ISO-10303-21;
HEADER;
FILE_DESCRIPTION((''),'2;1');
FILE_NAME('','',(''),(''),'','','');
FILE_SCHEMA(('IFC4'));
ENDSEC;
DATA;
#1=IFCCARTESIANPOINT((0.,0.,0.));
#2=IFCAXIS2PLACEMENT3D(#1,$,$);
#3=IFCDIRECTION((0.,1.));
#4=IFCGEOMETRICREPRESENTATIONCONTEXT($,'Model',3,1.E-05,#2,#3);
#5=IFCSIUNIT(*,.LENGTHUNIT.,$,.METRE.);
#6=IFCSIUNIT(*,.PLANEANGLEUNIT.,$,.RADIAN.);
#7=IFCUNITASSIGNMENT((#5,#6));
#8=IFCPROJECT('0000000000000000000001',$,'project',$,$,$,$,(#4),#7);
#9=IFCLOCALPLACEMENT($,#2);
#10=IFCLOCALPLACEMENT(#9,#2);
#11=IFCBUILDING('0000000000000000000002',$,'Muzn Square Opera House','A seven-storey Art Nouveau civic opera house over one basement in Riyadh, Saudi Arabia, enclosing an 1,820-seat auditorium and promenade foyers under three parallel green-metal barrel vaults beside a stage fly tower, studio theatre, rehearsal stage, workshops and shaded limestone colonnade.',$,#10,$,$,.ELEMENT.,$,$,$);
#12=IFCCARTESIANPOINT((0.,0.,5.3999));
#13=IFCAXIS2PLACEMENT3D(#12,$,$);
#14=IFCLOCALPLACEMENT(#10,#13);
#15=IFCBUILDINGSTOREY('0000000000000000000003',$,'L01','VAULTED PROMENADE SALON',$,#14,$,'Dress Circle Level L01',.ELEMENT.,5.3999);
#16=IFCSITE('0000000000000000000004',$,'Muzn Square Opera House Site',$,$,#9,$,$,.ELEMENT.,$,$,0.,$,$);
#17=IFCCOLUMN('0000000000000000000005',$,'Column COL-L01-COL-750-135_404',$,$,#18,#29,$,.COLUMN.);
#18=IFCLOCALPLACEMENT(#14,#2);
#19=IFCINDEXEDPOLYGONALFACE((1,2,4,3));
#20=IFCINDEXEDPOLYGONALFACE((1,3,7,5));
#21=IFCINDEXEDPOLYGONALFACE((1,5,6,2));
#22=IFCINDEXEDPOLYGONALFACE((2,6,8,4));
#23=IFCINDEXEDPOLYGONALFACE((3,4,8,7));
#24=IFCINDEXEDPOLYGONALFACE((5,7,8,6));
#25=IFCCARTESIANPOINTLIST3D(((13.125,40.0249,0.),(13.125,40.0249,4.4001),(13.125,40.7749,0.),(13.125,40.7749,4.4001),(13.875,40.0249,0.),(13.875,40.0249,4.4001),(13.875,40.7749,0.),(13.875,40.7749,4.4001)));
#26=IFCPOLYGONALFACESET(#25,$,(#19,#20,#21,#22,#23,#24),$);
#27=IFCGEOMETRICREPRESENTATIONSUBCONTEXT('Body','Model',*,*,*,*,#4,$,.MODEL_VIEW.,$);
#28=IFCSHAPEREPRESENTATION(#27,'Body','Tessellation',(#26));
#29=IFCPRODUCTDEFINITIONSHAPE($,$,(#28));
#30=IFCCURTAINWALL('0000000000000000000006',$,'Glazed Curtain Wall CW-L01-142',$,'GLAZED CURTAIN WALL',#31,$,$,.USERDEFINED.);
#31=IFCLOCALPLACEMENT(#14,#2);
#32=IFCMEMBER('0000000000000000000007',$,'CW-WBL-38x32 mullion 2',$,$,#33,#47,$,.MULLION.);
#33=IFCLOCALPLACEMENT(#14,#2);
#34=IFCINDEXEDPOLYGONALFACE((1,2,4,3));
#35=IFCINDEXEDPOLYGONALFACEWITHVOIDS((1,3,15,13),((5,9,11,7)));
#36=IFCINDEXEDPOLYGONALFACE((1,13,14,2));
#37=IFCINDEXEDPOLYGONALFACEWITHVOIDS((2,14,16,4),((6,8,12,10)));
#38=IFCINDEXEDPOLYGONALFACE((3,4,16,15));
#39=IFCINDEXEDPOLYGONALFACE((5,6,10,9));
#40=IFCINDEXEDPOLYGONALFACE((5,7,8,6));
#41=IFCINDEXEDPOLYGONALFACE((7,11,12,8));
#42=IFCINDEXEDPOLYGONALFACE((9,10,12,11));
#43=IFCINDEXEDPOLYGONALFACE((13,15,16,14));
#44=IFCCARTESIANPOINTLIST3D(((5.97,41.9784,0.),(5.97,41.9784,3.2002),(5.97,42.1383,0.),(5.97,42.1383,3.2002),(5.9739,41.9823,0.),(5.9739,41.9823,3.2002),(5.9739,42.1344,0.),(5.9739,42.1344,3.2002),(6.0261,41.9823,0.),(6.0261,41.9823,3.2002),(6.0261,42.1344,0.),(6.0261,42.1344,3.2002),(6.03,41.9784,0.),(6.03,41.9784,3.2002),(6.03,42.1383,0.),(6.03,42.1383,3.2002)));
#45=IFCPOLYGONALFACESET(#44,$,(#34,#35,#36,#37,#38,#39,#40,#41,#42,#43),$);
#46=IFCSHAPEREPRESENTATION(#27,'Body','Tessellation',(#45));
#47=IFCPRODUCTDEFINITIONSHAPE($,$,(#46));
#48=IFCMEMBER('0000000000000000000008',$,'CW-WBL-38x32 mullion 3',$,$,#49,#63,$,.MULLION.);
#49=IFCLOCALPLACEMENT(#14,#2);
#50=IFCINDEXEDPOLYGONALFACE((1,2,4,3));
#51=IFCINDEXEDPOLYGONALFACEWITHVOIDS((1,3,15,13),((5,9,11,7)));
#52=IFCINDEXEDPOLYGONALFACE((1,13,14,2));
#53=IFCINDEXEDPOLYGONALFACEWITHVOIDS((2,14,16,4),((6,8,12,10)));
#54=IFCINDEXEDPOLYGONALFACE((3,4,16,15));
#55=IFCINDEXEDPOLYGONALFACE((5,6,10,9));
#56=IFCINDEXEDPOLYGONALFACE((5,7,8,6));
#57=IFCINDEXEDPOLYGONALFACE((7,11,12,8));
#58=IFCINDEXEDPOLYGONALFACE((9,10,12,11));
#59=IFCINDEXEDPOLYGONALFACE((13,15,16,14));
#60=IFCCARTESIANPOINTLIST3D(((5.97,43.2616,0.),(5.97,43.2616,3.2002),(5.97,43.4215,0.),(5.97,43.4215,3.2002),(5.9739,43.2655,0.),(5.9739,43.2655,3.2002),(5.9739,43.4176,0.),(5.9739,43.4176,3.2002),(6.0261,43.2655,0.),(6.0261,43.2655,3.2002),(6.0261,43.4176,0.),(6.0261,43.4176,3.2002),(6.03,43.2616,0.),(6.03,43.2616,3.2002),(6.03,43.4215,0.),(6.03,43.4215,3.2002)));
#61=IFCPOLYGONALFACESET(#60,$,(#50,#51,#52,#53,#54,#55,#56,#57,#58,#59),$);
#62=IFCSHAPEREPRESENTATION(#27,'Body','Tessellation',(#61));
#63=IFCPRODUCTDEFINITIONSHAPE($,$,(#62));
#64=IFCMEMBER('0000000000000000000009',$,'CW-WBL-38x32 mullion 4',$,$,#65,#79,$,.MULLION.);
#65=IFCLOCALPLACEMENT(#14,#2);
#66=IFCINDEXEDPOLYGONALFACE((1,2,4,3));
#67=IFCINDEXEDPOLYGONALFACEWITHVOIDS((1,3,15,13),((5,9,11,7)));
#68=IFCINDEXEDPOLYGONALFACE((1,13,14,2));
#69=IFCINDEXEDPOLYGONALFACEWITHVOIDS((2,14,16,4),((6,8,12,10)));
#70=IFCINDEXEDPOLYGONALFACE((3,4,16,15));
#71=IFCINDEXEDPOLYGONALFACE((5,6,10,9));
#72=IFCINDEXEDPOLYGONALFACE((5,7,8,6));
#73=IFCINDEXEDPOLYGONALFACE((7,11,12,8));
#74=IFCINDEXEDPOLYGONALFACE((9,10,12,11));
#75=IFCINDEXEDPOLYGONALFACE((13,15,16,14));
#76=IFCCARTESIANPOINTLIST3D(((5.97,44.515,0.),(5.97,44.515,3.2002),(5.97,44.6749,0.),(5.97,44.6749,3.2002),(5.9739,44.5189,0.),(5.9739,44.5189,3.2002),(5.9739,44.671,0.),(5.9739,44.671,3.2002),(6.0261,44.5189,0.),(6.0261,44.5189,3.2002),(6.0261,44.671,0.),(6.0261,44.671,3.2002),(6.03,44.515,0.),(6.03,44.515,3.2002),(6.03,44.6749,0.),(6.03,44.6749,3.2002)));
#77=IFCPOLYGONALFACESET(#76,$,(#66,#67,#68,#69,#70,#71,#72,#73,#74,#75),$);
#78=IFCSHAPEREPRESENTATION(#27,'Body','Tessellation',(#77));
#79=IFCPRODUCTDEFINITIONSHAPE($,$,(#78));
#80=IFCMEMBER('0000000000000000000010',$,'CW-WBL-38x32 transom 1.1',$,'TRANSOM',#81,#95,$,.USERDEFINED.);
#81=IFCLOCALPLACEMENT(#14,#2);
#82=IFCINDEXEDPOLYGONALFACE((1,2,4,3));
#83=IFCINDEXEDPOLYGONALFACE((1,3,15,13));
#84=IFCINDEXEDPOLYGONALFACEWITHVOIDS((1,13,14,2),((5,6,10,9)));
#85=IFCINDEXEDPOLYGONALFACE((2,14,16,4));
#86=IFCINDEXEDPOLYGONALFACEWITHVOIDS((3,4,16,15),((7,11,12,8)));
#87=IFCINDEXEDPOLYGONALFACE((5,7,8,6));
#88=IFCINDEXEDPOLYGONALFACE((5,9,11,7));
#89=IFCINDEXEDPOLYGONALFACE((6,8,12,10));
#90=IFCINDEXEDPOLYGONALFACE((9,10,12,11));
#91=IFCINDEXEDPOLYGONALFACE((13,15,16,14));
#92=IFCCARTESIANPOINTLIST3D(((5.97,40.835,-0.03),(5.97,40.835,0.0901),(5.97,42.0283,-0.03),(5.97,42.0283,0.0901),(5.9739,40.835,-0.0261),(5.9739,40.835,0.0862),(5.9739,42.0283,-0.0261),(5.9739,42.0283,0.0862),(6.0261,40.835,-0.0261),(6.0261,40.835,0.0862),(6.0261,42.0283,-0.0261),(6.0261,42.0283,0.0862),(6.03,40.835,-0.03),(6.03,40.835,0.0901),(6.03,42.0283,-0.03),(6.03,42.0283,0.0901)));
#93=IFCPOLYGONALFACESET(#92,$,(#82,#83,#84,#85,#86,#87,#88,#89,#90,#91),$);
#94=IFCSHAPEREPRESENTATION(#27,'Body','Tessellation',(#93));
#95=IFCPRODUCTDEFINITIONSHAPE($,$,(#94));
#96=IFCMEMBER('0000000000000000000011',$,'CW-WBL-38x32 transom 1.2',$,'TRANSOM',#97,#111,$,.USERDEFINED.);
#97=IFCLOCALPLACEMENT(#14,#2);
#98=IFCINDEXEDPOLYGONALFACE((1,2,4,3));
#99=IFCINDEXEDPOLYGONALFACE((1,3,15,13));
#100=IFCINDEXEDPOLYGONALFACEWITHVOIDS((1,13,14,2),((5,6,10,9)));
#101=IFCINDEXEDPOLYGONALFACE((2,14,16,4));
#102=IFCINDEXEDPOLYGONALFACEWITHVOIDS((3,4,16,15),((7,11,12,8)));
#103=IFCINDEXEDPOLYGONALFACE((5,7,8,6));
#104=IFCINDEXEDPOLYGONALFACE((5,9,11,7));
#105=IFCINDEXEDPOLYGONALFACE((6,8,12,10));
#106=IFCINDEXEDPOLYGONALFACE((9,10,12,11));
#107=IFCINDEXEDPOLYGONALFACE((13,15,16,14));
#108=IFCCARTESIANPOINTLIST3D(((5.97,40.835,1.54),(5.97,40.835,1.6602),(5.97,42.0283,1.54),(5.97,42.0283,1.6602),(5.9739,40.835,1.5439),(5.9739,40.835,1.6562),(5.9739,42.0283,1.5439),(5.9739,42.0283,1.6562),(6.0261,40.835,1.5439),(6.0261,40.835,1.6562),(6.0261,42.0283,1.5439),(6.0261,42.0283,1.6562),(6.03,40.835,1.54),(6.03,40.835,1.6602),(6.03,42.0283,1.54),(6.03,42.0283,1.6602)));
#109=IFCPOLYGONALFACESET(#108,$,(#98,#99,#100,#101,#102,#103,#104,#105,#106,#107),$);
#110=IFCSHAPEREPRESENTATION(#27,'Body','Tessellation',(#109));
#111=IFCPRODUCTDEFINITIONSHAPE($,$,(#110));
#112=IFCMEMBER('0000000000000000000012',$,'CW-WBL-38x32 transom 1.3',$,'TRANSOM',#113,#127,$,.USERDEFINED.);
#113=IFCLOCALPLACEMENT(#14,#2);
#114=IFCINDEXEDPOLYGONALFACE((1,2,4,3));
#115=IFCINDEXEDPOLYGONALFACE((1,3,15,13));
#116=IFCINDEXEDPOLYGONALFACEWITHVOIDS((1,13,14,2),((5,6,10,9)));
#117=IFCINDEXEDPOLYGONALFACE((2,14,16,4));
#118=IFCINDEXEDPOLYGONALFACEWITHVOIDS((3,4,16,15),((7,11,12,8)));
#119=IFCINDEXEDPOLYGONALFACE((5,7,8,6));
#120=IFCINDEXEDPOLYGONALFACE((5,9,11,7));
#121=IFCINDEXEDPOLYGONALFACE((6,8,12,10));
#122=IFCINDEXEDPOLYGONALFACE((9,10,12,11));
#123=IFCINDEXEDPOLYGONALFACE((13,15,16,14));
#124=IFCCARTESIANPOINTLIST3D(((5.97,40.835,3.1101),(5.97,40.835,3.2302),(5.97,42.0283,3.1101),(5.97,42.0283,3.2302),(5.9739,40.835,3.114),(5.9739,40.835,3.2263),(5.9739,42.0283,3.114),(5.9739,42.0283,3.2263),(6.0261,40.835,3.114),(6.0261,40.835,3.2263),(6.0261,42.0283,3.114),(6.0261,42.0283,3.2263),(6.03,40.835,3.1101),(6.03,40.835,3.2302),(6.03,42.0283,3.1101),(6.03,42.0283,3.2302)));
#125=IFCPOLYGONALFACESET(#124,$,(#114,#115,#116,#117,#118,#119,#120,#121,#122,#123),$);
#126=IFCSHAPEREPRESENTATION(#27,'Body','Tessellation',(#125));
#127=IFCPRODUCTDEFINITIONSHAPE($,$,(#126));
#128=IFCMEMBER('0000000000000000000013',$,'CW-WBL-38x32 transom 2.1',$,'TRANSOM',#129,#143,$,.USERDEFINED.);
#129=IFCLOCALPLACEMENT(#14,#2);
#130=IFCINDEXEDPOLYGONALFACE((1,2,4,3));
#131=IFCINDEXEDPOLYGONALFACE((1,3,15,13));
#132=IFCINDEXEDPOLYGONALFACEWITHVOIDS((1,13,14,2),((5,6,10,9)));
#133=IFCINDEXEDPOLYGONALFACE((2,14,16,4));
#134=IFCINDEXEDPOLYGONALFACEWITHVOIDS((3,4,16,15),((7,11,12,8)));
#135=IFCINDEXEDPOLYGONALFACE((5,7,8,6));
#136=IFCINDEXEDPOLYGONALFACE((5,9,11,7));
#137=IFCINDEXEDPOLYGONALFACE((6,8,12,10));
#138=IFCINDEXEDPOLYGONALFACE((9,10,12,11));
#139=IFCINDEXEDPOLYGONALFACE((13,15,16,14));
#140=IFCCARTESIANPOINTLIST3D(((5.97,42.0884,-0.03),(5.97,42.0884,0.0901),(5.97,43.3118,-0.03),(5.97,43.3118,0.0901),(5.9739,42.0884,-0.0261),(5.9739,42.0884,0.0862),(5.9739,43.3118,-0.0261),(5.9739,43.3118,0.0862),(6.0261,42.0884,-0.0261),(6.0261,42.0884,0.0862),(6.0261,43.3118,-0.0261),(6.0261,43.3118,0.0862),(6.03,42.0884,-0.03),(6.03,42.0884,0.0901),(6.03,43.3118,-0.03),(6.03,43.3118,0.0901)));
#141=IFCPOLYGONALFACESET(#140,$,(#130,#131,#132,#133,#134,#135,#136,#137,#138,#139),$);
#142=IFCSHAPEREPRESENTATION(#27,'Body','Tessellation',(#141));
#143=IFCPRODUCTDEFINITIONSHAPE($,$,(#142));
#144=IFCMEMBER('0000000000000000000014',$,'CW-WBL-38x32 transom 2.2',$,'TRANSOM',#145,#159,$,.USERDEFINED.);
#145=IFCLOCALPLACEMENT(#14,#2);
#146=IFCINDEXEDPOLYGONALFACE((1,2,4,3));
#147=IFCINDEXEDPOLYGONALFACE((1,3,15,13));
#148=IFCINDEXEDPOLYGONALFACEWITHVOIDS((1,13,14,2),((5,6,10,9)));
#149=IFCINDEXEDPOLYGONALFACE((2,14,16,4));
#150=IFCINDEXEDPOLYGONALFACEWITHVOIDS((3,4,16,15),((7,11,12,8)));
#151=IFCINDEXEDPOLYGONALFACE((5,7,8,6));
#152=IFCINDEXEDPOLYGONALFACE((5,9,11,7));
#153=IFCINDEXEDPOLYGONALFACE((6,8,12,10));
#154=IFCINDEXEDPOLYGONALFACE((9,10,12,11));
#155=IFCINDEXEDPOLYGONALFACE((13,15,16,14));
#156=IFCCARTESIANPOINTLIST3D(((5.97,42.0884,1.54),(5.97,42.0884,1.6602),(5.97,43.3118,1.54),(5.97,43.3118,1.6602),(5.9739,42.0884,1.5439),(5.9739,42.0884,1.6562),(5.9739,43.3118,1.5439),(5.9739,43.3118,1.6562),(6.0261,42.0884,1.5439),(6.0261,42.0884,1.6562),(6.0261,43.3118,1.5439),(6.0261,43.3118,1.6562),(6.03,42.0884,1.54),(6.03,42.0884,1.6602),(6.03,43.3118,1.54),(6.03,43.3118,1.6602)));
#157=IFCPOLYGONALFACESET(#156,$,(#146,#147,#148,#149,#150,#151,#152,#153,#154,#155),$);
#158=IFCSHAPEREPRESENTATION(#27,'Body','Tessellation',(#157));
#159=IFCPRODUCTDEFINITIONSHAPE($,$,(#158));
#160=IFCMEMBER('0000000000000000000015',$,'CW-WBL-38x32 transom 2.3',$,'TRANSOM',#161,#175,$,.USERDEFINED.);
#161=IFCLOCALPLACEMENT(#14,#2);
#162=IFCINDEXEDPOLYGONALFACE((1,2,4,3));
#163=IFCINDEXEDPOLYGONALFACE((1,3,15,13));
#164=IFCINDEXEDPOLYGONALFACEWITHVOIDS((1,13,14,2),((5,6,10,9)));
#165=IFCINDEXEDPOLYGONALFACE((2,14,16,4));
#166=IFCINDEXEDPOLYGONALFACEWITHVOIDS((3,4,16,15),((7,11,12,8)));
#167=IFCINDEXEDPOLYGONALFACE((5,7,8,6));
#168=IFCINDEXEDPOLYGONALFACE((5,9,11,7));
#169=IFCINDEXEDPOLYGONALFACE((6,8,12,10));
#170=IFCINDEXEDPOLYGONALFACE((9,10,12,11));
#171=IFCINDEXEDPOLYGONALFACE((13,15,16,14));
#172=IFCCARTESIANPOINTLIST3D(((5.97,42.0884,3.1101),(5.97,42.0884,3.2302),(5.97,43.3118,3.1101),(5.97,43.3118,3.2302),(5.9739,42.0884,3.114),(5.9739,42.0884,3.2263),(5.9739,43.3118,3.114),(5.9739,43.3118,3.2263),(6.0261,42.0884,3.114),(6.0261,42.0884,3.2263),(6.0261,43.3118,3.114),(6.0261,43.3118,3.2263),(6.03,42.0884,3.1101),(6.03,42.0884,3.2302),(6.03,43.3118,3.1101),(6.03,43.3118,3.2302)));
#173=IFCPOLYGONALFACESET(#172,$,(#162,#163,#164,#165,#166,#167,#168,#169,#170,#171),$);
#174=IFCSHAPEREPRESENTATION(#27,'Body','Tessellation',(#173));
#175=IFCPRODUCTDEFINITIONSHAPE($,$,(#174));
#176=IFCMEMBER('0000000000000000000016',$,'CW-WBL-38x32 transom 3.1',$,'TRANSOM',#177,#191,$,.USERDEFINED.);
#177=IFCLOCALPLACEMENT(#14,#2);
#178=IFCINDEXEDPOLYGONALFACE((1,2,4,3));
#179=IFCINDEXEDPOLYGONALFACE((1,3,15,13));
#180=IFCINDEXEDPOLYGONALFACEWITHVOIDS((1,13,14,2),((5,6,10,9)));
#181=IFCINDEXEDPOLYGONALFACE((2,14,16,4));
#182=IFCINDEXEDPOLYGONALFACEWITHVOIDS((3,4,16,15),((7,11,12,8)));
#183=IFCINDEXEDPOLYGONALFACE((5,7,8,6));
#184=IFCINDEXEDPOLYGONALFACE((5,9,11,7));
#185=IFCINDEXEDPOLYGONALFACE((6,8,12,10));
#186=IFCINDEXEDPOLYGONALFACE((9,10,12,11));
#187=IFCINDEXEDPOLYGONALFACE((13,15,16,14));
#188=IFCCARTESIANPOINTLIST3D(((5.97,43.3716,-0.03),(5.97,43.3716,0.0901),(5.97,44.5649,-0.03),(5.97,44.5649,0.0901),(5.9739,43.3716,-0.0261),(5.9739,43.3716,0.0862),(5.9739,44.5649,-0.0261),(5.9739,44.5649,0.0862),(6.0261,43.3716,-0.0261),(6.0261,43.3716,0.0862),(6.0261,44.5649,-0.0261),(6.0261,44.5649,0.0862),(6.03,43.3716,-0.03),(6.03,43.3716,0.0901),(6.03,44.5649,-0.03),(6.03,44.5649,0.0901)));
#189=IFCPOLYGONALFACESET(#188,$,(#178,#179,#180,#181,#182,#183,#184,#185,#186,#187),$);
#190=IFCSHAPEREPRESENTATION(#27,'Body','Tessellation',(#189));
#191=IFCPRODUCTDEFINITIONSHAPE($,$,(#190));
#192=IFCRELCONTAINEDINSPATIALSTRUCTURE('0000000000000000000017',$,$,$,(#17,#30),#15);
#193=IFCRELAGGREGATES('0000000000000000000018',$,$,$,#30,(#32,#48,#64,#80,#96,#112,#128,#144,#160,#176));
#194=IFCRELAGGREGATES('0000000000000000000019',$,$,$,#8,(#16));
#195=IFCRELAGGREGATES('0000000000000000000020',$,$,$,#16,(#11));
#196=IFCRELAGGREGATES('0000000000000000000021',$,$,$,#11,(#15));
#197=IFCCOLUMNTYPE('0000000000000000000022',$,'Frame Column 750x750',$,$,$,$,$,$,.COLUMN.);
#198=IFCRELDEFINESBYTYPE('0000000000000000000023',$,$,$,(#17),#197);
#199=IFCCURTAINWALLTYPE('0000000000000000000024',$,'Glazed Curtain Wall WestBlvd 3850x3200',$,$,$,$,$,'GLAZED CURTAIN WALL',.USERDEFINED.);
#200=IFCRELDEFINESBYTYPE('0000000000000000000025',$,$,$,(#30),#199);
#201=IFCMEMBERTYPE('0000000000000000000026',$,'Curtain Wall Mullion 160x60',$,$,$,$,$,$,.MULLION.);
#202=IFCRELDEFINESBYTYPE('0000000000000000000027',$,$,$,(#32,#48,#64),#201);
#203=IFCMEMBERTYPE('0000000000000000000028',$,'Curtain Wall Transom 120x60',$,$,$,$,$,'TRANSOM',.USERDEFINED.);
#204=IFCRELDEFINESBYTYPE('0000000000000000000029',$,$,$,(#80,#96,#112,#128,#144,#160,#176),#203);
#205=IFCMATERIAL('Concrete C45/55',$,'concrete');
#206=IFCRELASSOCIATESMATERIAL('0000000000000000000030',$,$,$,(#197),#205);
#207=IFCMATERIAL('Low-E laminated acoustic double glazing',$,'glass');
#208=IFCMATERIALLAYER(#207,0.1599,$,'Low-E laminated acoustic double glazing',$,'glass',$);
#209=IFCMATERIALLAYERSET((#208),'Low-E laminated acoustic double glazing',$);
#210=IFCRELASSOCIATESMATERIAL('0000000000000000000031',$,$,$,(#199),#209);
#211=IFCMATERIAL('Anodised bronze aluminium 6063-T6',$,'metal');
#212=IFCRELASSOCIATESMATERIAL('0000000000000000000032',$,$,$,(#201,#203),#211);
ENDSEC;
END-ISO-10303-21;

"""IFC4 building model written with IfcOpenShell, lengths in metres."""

from ifc_helpers import new_model, si_unit, direction, frame, origin, origin_2d, place, context, subcontext, project, spatial, rectangle, hollow_rectangle, extrude, material, layer, layer_set, material_profile, profile_set, type_object, element, aggregate, save


model = new_model("IFC4")

# Units and contexts
model_context = context("Model", 3, precision=1e-05, world=origin(), true_north=direction((0.0, 1.0)))
body_context = subcontext(model_context, "Body", "Model", "MODEL_VIEW")
ifc_project = project(units=[si_unit("LENGTHUNIT", "METRE"), si_unit("PLANEANGLEUNIT", "RADIAN")], contexts=[model_context])

# Site, building, storey
site_placement = place(None, origin())
site = spatial("IfcSite", under=ifc_project, at=site_placement, Name="Muzn Square Opera House Site", CompositionType="ELEMENT", RefElevation=0.0)
building_placement = place(site_placement, origin())
building = spatial("IfcBuilding", under=site, at=building_placement, Name="Muzn Square Opera House", Description="A seven-storey Art Nouveau civic opera house over one basement in Riyadh, Saudi Arabia, enclosing an 1,820-seat auditorium and promenade foyers under three parallel green-metal barrel vaults beside a stage fly tower, studio theatre, rehearsal stage, workshops and shaded limestone colonnade.", CompositionType="ELEMENT")
storey_placement = place(building_placement, frame((0.0, 0.0, 5.3999)))
storey = spatial("IfcBuildingStorey", under=building, at=storey_placement, Name="L01", Description="VAULTED PROMENADE SALON", LongName="Dress Circle Level L01", CompositionType="ELEMENT", Elevation=5.3999)

# Column
ifc_material_1 = material(Name="Concrete C45/55", Category="concrete")
ifc_material_profile_1 = material_profile(ifc_material_1, rectangle(XDim=0.75, YDim=0.75, at=origin_2d()), Name="RC 750x750", Category="concrete")
ifc_profile_set_1 = profile_set([ifc_material_profile_1], Name="Concrete C45/55")
column_type = type_object("IfcColumnType", Name="Frame Column 750x750", PredefinedType="COLUMN", material=ifc_profile_set_1)
column_placement = place(storey_placement, frame((13.5, 40.3999, 0.0), z_axis=(0.0, 0.0, 1.0), x_axis=(1.0, 0.0, 0.0)))
element("IfcColumn", 1, at=column_placement, inside=storey, type_object=column_type, Name="Column COL-L01-COL-750-135_404", PredefinedType="COLUMN", context=body_context, shape_type="SweptSolid", body=[
    extrude(rectangle(XDim=0.75, YDim=0.75, at=origin_2d()), origin(), (0.0, 0.0, 1.0), 4.4001),
])

# Curtain wall, members
ifc_material_2 = material(Name="Low-E laminated acoustic double glazing", Category="glass")
ifc_layer_1 = layer(ifc_material_2, 0.1599, Name="Low-E laminated acoustic double glazing", Category="glass")
ifc_layer_set_1 = layer_set([ifc_layer_1], Name="Low-E laminated acoustic double glazing")
curtain_wall_type = type_object("IfcCurtainWallType", Name="Glazed Curtain Wall WestBlvd 3850x3200", ElementType="GLAZED CURTAIN WALL", PredefinedType="USERDEFINED", material=ifc_layer_set_1)
curtain_wall_placement = place(storey_placement, origin())
curtain_wall = element("IfcCurtainWall", 2, at=curtain_wall_placement, inside=storey, type_object=curtain_wall_type, Name="Glazed Curtain Wall CW-L01-142", ObjectType="GLAZED CURTAIN WALL", PredefinedType="USERDEFINED")
ifc_material_3 = material(Name="Anodised bronze aluminium 6063-T6", Category="metal")
ifc_material_profile_2 = material_profile(ifc_material_3, hollow_rectangle(XDim=0.0601, YDim=0.1599, WallThickness=0.0039, at=origin_2d()), Name="ALU 160x60x4", Category="metal")
ifc_profile_set_2 = profile_set([ifc_material_profile_2], Name="Anodised bronze aluminium 6063-T6")
member_type_1 = type_object("IfcMemberType", Name="Curtain Wall Mullion 160x60", PredefinedType="MULLION", material=ifc_profile_set_2)
member_1_placement = place(storey_placement, frame((6.0, 42.0583, 0.0), z_axis=(0.0, 0.0, 1.0), x_axis=(-1.0, 0.0, 0.0)))
member_1 = element("IfcMember", 3, at=member_1_placement, type_object=member_type_1, Name="CW-WBL-38x32 mullion 2", PredefinedType="MULLION", context=body_context, shape_type="SweptSolid", body=[
    extrude(hollow_rectangle(XDim=0.0601, YDim=0.1599, WallThickness=0.0039, at=origin_2d()), origin(), (0.0, 0.0, 1.0), 3.2002),
])
member_2_placement = place(storey_placement, frame((6.0, 43.3416, 0.0), z_axis=(0.0, 0.0, 1.0), x_axis=(-1.0, 0.0, 0.0)))
member_2 = element("IfcMember", 4, at=member_2_placement, type_object=member_type_1, Name="CW-WBL-38x32 mullion 3", PredefinedType="MULLION", context=body_context, shape_type="SweptSolid", body=[
    extrude(hollow_rectangle(XDim=0.0601, YDim=0.1599, WallThickness=0.0039, at=origin_2d()), origin(), (0.0, 0.0, 1.0), 3.2002),
])
member_3_placement = place(storey_placement, frame((6.0, 44.595, 0.0), z_axis=(0.0, 0.0, 1.0), x_axis=(-1.0, 0.0, 0.0)))
member_3 = element("IfcMember", 5, at=member_3_placement, type_object=member_type_1, Name="CW-WBL-38x32 mullion 4", PredefinedType="MULLION", context=body_context, shape_type="SweptSolid", body=[
    extrude(hollow_rectangle(XDim=0.0601, YDim=0.1599, WallThickness=0.0039, at=origin_2d()), origin(), (0.0, 0.0, 1.0), 3.2002),
])
ifc_material_profile_3 = material_profile(ifc_material_3, hollow_rectangle(XDim=0.0601, YDim=0.1201, WallThickness=0.0039, at=origin_2d()), Name="ALU 120x60x4", Category="metal")
ifc_profile_set_3 = profile_set([ifc_material_profile_3], Name="Anodised bronze aluminium 6063-T6")
member_type_2 = type_object("IfcMemberType", Name="Curtain Wall Transom 120x60", ElementType="TRANSOM", PredefinedType="USERDEFINED", material=ifc_profile_set_3)
member_4_placement = place(storey_placement, frame((6.0, 40.835, 0.03), z_axis=(0.0, 1.0, 0.0), x_axis=(-1.0, 0.0, 0.0)))
member_4 = element("IfcMember", 6, at=member_4_placement, type_object=member_type_2, Name="CW-WBL-38x32 transom 1.1", ObjectType="TRANSOM", PredefinedType="USERDEFINED", context=body_context, shape_type="SweptSolid", body=[
    extrude(hollow_rectangle(XDim=0.0601, YDim=0.1201, WallThickness=0.0039, at=origin_2d()), origin(), (0.0, 0.0, 1.0), 1.1934),
])
member_5_placement = place(storey_placement, frame((6.0, 40.835, 1.6001), z_axis=(0.0, 1.0, 0.0), x_axis=(-1.0, 0.0, 0.0)))
member_5 = element("IfcMember", 7, at=member_5_placement, type_object=member_type_2, Name="CW-WBL-38x32 transom 1.2", ObjectType="TRANSOM", PredefinedType="USERDEFINED", context=body_context, shape_type="SweptSolid", body=[
    extrude(hollow_rectangle(XDim=0.0601, YDim=0.1201, WallThickness=0.0039, at=origin_2d()), origin(), (0.0, 0.0, 1.0), 1.1934),
])
member_6_placement = place(storey_placement, frame((6.0, 40.835, 3.1702), z_axis=(0.0, 1.0, 0.0), x_axis=(-1.0, 0.0, 0.0)))
member_6 = element("IfcMember", 8, at=member_6_placement, type_object=member_type_2, Name="CW-WBL-38x32 transom 1.3", ObjectType="TRANSOM", PredefinedType="USERDEFINED", context=body_context, shape_type="SweptSolid", body=[
    extrude(hollow_rectangle(XDim=0.0601, YDim=0.1201, WallThickness=0.0039, at=origin_2d()), origin(), (0.0, 0.0, 1.0), 1.1934),
])
member_7_placement = place(storey_placement, frame((6.0, 42.0884, 0.03), z_axis=(0.0, 1.0, 0.0), x_axis=(-1.0, 0.0, 0.0)))
member_7 = element("IfcMember", 9, at=member_7_placement, type_object=member_type_2, Name="CW-WBL-38x32 transom 2.1", ObjectType="TRANSOM", PredefinedType="USERDEFINED", context=body_context, shape_type="SweptSolid", body=[
    extrude(hollow_rectangle(XDim=0.0601, YDim=0.1201, WallThickness=0.0039, at=origin_2d()), origin(), (0.0, 0.0, 1.0), 1.2234),
])
member_8_placement = place(storey_placement, frame((6.0, 42.0884, 1.6001), z_axis=(0.0, 1.0, 0.0), x_axis=(-1.0, 0.0, 0.0)))
member_8 = element("IfcMember", 10, at=member_8_placement, type_object=member_type_2, Name="CW-WBL-38x32 transom 2.2", ObjectType="TRANSOM", PredefinedType="USERDEFINED", context=body_context, shape_type="SweptSolid", body=[
    extrude(hollow_rectangle(XDim=0.0601, YDim=0.1201, WallThickness=0.0039, at=origin_2d()), origin(), (0.0, 0.0, 1.0), 1.2234),
])
member_9_placement = place(storey_placement, frame((6.0, 42.0884, 3.1702), z_axis=(0.0, 1.0, 0.0), x_axis=(-1.0, 0.0, 0.0)))
member_9 = element("IfcMember", 11, at=member_9_placement, type_object=member_type_2, Name="CW-WBL-38x32 transom 2.3", ObjectType="TRANSOM", PredefinedType="USERDEFINED", context=body_context, shape_type="SweptSolid", body=[
    extrude(hollow_rectangle(XDim=0.0601, YDim=0.1201, WallThickness=0.0039, at=origin_2d()), origin(), (0.0, 0.0, 1.0), 1.2234),
])
member_10_placement = place(storey_placement, frame((6.0, 43.3716, 0.03), z_axis=(0.0, 1.0, 0.0), x_axis=(-1.0, 0.0, 0.0)))
member_10 = element("IfcMember", 12, at=member_10_placement, type_object=member_type_2, Name="CW-WBL-38x32 transom 3.1", ObjectType="TRANSOM", PredefinedType="USERDEFINED", context=body_context, shape_type="SweptSolid", body=[
    extrude(hollow_rectangle(XDim=0.0601, YDim=0.1201, WallThickness=0.0039, at=origin_2d()), origin(), (0.0, 0.0, 1.0), 1.1934),
])

aggregate(curtain_wall, [member_1, member_2, member_3, member_4, member_5, member_6, member_7, member_8, member_9, member_10])

save(model, "model.ifc")
